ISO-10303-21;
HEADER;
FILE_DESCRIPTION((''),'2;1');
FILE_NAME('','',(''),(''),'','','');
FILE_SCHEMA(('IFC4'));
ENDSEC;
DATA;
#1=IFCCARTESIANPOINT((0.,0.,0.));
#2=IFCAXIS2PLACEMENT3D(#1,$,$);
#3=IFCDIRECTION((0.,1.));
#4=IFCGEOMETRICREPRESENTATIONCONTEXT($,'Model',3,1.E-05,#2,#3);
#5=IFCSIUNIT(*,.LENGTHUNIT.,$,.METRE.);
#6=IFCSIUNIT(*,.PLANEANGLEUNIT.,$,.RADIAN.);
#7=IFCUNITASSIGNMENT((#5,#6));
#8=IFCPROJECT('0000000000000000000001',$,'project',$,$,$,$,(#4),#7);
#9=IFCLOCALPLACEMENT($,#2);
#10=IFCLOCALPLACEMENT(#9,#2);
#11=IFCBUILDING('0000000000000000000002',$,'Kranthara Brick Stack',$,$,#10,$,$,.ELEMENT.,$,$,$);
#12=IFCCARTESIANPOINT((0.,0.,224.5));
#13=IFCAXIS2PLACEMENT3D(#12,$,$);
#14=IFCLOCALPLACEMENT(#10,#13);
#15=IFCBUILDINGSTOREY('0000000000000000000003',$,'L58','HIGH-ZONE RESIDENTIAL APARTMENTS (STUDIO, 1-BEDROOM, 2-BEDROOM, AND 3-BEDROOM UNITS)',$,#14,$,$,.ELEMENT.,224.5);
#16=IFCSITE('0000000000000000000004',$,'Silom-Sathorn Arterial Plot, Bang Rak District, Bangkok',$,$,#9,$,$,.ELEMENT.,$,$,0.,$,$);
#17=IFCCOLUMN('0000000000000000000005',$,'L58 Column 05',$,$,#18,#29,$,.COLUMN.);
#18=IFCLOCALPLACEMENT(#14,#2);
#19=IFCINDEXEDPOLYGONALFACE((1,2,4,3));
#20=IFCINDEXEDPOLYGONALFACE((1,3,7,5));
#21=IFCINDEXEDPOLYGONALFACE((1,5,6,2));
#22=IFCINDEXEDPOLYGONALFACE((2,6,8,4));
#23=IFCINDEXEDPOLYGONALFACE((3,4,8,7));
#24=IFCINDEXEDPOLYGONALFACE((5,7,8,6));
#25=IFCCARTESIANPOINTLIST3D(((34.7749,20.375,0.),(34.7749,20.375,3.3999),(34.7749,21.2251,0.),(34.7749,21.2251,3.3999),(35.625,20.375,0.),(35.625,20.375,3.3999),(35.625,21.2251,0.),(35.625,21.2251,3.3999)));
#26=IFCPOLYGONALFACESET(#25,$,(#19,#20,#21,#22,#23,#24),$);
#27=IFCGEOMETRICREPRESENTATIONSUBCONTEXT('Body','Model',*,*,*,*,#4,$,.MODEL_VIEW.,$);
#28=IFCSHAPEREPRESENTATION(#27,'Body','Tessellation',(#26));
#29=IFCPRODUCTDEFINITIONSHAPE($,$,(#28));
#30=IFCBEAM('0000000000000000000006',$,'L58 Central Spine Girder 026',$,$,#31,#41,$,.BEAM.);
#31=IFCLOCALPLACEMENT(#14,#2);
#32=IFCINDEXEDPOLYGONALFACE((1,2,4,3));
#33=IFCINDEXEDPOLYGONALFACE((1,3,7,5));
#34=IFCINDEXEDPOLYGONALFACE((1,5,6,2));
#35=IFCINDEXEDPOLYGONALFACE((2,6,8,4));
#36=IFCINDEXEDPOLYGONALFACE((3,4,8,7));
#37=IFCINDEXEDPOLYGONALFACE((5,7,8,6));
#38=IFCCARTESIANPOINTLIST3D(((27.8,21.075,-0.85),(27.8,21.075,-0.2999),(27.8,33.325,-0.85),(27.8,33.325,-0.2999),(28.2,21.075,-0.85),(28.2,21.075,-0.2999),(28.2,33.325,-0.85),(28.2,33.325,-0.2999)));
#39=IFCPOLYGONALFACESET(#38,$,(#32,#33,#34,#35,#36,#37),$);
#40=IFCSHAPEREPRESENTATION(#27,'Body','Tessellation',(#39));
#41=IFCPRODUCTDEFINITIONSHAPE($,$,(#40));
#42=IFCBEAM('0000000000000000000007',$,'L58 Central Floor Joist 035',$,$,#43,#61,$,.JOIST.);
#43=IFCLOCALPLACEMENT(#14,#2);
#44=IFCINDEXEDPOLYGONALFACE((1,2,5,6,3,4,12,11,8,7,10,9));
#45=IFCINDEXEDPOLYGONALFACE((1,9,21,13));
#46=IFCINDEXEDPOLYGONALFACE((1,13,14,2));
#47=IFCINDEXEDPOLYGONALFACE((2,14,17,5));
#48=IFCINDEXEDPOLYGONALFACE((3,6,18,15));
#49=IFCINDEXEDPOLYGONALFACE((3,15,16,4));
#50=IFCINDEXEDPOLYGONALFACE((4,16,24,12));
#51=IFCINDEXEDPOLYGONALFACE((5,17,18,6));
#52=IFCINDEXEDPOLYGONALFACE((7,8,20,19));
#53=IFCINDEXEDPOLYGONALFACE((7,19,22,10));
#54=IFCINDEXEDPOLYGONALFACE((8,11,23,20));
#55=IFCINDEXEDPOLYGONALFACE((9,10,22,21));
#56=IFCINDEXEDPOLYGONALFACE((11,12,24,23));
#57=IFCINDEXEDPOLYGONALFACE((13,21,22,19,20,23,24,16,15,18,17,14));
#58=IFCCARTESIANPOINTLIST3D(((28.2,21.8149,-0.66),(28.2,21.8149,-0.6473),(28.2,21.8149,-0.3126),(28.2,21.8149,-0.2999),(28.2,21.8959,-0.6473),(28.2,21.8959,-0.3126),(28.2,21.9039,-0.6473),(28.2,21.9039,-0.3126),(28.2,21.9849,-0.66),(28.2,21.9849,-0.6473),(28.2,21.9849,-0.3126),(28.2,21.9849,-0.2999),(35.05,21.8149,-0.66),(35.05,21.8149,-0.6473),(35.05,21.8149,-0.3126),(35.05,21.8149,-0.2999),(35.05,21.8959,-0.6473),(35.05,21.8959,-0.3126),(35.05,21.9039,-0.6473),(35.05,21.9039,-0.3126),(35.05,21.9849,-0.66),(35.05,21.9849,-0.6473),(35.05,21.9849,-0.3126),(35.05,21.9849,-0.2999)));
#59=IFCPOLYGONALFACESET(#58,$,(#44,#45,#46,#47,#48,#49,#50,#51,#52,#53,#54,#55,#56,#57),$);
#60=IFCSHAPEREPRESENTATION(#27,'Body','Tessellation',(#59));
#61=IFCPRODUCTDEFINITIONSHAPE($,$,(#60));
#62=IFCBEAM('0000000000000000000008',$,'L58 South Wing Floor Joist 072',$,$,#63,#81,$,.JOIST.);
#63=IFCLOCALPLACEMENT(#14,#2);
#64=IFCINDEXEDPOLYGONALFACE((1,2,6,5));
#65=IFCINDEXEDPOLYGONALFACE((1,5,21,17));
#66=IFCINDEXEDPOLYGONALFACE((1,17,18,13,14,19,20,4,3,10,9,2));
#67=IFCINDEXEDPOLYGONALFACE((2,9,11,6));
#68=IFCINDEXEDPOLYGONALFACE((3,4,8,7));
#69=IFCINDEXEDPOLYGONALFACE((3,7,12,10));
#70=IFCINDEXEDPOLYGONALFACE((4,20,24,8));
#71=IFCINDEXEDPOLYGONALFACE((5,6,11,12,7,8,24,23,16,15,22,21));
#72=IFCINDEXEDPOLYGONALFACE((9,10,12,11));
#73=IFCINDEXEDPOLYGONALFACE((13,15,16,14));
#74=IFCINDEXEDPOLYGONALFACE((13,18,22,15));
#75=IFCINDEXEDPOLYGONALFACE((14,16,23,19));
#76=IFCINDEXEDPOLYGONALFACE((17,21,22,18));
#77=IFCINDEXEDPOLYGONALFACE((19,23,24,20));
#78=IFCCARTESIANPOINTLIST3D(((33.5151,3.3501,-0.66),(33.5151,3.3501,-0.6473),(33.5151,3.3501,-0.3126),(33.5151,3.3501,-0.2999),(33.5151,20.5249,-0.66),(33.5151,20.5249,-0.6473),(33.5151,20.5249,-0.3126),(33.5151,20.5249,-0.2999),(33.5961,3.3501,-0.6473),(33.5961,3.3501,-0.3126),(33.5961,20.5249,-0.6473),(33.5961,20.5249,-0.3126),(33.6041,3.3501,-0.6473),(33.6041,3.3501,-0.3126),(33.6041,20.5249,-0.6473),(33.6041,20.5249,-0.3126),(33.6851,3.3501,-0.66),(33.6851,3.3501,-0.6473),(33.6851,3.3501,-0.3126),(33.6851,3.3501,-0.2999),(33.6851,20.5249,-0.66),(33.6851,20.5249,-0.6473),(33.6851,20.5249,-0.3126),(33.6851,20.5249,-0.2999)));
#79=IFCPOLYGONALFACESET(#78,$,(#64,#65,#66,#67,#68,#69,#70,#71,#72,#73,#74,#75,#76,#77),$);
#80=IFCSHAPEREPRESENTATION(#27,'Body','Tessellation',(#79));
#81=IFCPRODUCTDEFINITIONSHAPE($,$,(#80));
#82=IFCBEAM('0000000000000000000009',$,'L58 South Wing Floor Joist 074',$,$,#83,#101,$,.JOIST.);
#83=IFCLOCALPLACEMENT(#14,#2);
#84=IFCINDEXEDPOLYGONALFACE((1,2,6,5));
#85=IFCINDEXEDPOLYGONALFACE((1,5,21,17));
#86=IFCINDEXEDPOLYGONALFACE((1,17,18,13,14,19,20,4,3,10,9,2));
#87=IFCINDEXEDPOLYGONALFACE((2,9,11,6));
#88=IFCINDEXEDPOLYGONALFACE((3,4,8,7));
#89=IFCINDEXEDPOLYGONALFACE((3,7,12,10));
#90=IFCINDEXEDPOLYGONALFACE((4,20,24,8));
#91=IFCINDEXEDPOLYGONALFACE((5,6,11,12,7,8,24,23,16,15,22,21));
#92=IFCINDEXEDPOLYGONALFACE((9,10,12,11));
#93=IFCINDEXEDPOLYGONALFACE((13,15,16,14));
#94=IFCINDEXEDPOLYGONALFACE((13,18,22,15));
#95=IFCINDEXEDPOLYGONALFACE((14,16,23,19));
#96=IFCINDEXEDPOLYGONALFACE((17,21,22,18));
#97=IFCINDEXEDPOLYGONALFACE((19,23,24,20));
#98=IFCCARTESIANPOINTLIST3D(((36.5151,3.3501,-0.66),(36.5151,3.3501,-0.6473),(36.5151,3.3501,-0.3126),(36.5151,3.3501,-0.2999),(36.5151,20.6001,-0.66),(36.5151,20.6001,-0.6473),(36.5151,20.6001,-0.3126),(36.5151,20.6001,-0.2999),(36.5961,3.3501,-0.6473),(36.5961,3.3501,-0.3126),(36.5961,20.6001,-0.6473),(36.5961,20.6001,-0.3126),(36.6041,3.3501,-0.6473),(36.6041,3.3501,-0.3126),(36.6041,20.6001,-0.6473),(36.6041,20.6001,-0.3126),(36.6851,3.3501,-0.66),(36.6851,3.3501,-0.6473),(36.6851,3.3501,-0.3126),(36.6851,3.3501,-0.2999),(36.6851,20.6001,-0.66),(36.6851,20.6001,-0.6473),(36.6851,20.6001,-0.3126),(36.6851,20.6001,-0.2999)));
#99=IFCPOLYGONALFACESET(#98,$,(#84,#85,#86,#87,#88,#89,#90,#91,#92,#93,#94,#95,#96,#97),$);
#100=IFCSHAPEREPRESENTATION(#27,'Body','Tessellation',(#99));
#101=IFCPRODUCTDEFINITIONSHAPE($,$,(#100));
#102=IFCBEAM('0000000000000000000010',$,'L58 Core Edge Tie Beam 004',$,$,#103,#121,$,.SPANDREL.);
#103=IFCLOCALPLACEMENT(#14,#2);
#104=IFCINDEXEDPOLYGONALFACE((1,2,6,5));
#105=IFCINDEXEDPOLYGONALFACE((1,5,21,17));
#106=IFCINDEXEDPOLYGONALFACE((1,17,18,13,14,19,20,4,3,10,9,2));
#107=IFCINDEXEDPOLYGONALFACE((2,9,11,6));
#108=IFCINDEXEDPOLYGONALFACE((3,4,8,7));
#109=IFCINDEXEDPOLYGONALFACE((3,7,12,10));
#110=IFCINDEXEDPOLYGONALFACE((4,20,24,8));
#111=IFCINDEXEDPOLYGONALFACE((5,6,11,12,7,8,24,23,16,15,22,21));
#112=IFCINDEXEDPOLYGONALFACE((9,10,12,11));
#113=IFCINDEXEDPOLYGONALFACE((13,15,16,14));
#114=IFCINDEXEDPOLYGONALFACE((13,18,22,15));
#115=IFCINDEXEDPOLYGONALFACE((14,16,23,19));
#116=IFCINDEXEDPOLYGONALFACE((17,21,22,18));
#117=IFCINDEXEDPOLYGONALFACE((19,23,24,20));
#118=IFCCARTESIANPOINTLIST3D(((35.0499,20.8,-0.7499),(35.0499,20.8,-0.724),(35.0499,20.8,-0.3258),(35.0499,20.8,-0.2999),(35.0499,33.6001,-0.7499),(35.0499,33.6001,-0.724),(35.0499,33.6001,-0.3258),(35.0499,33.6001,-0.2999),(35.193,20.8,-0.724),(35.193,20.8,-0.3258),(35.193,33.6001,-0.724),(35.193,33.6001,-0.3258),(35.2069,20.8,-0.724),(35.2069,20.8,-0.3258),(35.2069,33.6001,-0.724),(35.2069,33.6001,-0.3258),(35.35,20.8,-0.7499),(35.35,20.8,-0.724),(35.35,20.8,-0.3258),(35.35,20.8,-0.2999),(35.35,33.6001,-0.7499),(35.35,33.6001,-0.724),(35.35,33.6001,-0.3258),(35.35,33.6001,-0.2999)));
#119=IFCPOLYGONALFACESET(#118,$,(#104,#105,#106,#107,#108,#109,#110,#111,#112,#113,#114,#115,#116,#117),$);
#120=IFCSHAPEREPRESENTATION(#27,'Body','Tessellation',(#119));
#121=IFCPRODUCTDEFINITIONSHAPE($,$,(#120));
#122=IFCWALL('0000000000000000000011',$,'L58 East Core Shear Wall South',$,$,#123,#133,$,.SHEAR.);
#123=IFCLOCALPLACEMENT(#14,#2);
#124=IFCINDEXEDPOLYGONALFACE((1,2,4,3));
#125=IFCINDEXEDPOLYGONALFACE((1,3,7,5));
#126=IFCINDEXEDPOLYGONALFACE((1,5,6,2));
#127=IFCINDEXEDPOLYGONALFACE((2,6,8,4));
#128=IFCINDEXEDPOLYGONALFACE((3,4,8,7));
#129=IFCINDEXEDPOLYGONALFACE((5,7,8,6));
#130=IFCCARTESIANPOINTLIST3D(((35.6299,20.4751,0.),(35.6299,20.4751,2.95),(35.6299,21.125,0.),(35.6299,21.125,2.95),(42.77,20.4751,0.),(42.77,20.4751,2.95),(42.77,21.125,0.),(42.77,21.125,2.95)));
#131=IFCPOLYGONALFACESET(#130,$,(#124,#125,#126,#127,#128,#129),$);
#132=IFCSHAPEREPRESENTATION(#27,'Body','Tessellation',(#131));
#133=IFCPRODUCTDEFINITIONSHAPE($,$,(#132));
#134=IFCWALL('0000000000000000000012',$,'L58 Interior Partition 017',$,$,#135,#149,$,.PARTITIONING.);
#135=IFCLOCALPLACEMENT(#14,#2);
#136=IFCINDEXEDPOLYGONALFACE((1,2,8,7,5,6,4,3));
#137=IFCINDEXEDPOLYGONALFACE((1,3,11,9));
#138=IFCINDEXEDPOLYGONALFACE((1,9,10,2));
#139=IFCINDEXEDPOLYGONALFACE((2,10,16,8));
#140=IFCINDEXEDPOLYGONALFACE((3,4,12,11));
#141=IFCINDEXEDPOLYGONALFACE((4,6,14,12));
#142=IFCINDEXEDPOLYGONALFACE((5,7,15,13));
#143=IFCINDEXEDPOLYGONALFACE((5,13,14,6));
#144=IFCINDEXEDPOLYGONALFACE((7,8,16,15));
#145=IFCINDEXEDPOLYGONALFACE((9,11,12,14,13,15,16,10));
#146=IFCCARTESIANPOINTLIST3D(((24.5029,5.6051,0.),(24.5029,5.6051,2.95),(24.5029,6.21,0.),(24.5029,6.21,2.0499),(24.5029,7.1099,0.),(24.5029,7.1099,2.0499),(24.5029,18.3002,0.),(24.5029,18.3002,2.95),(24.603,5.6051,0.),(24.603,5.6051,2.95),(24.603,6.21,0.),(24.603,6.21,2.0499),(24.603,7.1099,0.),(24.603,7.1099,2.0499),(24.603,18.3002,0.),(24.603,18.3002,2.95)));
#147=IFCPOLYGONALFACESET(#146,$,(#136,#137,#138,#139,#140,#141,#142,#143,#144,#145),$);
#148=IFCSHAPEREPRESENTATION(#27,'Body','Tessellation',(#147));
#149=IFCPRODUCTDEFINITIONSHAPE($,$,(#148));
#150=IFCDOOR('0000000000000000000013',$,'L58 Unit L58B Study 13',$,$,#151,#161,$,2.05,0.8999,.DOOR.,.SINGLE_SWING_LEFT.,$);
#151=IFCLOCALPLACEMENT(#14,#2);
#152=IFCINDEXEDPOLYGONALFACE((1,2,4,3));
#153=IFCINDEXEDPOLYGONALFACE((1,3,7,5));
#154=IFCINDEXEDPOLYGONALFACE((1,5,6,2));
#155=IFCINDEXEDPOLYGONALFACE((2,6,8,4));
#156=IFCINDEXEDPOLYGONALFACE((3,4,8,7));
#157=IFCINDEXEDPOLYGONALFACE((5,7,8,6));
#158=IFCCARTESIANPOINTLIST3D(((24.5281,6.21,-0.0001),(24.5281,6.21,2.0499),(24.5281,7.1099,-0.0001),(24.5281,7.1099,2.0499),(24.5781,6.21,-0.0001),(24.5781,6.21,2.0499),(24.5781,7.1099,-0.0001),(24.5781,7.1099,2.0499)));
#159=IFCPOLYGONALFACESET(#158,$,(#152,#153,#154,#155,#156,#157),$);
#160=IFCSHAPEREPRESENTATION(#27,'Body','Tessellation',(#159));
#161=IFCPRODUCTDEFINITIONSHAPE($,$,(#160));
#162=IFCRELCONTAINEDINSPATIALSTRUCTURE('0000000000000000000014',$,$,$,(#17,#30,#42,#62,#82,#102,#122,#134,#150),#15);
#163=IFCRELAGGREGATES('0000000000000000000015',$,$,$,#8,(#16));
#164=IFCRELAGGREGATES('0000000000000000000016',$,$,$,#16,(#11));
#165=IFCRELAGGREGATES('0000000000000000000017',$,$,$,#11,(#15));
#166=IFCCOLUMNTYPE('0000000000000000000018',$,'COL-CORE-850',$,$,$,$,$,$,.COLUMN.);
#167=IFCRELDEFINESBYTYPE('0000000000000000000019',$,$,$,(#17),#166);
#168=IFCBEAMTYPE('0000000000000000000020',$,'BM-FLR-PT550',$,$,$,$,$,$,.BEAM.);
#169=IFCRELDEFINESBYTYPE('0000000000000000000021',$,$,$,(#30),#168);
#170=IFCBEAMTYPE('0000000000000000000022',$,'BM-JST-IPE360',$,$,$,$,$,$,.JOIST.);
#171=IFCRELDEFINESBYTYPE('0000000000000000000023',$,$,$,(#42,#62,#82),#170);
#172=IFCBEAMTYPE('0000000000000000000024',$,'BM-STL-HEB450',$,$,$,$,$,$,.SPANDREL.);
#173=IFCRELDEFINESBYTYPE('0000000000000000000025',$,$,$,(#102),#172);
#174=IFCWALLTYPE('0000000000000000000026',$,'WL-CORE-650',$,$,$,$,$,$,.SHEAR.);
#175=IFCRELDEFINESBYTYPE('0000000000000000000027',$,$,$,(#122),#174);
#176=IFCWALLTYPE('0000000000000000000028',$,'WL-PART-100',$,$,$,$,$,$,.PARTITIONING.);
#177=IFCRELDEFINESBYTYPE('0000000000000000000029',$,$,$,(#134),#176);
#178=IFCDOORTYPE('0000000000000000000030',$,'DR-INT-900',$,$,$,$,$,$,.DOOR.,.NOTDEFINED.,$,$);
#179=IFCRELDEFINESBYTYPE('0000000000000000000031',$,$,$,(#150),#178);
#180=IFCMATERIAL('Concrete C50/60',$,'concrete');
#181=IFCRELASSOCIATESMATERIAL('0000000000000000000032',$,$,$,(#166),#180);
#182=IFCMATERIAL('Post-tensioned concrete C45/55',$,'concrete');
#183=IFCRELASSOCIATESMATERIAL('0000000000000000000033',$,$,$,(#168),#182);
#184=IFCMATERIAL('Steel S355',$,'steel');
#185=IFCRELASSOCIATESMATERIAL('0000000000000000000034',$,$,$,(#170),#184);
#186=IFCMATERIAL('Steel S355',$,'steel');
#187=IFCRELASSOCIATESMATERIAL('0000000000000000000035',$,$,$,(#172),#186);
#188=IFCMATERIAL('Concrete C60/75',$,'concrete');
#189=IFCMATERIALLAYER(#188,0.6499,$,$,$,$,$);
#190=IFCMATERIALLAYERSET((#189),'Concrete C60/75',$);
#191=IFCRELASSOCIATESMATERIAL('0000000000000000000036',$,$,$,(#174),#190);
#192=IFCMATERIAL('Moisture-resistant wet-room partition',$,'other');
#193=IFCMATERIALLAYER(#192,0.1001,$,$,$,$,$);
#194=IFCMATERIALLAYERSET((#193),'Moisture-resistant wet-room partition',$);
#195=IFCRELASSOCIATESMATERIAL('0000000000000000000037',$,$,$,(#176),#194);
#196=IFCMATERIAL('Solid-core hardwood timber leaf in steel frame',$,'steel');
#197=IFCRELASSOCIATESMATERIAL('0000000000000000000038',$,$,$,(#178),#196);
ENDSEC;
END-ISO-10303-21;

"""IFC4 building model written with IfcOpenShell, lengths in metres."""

from ifc_helpers import new_model, si_unit, direction, frame, frame_2d, origin, origin_2d, place, context, subcontext, project, spatial, rectangle, i_section, extrude, material, layer, layer_set, material_profile, profile_set, type_object, element, fill, save


model = new_model("IFC4")

# Units and contexts
model_context = context("Model", 3, precision=1e-05, world=origin(), true_north=direction((0.0, 1.0)))
body_context = subcontext(model_context, "Body", "Model", "MODEL_VIEW")
ifc_project = project(units=[si_unit("LENGTHUNIT", "METRE"), si_unit("PLANEANGLEUNIT", "RADIAN")], contexts=[model_context])

# Site, building, storey
site_placement = place(None, origin())
site = spatial("IfcSite", under=ifc_project, at=site_placement, Name="Silom-Sathorn Arterial Plot, Bang Rak District, Bangkok", CompositionType="ELEMENT", RefElevation=0.0)
building_placement = place(site_placement, origin())
building = spatial("IfcBuilding", under=site, at=building_placement, Name="Kranthara Brick Stack", CompositionType="ELEMENT")
storey_placement = place(building_placement, frame((0.0, 0.0, 224.5)))
storey = spatial("IfcBuildingStorey", under=building, at=storey_placement, Name="L58", Description="HIGH-ZONE RESIDENTIAL APARTMENTS (STUDIO, 1-BEDROOM, 2-BEDROOM, AND 3-BEDROOM UNITS)", CompositionType="ELEMENT", Elevation=224.5)

# Column
ifc_material_1 = material(Name="Concrete C50/60", Category="concrete")
ifc_material_profile_1 = material_profile(ifc_material_1, rectangle(XDim=0.8501, YDim=0.8501, at=origin_2d()), Name="RC 850x850")
ifc_profile_set_1 = profile_set([ifc_material_profile_1], Name="Concrete C50/60")
column_type = type_object("IfcColumnType", Name="COL-CORE-850", PredefinedType="COLUMN", material=ifc_profile_set_1)
column_placement = place(storey_placement, frame((35.2, 20.8, 0.0), z_axis=(0.0, 0.0, 1.0), x_axis=(1.0, 0.0, 0.0)))
element("IfcColumn", 1, at=column_placement, inside=storey, type_object=column_type, Name="L58 Column 05", PredefinedType="COLUMN", context=body_context, shape_type="SweptSolid", body=[
    extrude(rectangle(XDim=0.8501, YDim=0.8501, at=origin_2d()), origin(), (0.0, 0.0, 1.0), 3.3999),
])

# Beams
ifc_material_2 = material(Name="Post-tensioned concrete C45/55", Category="concrete")
ifc_material_profile_2 = material_profile(ifc_material_2, rectangle(XDim=0.3999, YDim=0.55, at=origin_2d()), Name="PT 400x550")
ifc_profile_set_2 = profile_set([ifc_material_profile_2], Name="Post-tensioned concrete C45/55")
beam_type_1 = type_object("IfcBeamType", Name="BM-FLR-PT550", PredefinedType="BEAM", material=ifc_profile_set_2)
beam_1_placement = place(storey_placement, frame((28.0, 21.075, -0.575), z_axis=(0.0, 1.0, 0.0), x_axis=(-1.0, 0.0, 0.0)))
element("IfcBeam", 2, at=beam_1_placement, inside=storey, type_object=beam_type_1, Name="L58 Central Spine Girder 026", PredefinedType="BEAM", context=body_context, shape_type="SweptSolid", body=[
    extrude(rectangle(XDim=0.3999, YDim=0.55, at=origin_2d()), origin(), (0.0, 0.0, 1.0), 12.25),
])
ifc_material_3 = material(Name="Steel S355", Category="steel")
ifc_material_profile_3 = material_profile(ifc_material_3, i_section(OverallWidth=0.1699, OverallDepth=0.3601, WebThickness=0.0081, FlangeThickness=0.0127, at=origin_2d()), Name="IPE 360")
ifc_profile_set_3 = profile_set([ifc_material_profile_3], Name="Steel S355")
beam_type_2 = type_object("IfcBeamType", Name="BM-JST-IPE360", PredefinedType="JOIST", material=ifc_profile_set_3)
beam_2_placement = place(storey_placement, frame((28.2, 21.8999, -0.48), z_axis=(1.0, 0.0, 0.0), x_axis=(0.0, 1.0, 0.0)))
element("IfcBeam", 3, at=beam_2_placement, inside=storey, type_object=beam_type_2, Name="L58 Central Floor Joist 035", PredefinedType="JOIST", context=body_context, shape_type="SweptSolid", body=[
    extrude(i_section(OverallWidth=0.1699, OverallDepth=0.3601, WebThickness=0.0081, FlangeThickness=0.0127, at=origin_2d()), origin(), (0.0, 0.0, 1.0), 6.8501),
])
beam_3_placement = place(storey_placement, frame((33.6001, 3.3501, -0.48), z_axis=(0.0, 1.0, 0.0), x_axis=(-1.0, 0.0, 0.0)))
element("IfcBeam", 4, at=beam_3_placement, inside=storey, type_object=beam_type_2, Name="L58 South Wing Floor Joist 072", PredefinedType="JOIST", context=body_context, shape_type="SweptSolid", body=[
    extrude(i_section(OverallWidth=0.1699, OverallDepth=0.3601, WebThickness=0.0081, FlangeThickness=0.0127, at=origin_2d()), origin(), (0.0, 0.0, 1.0), 17.1748),
])
beam_4_placement = place(storey_placement, frame((36.6001, 3.3501, -0.48), z_axis=(0.0, 1.0, 0.0), x_axis=(-1.0, 0.0, 0.0)))
element("IfcBeam", 5, at=beam_4_placement, inside=storey, type_object=beam_type_2, Name="L58 South Wing Floor Joist 074", PredefinedType="JOIST", context=body_context, shape_type="SweptSolid", body=[
    extrude(i_section(OverallWidth=0.1699, OverallDepth=0.3601, WebThickness=0.0081, FlangeThickness=0.0127, at=origin_2d()), origin(), (0.0, 0.0, 1.0), 17.25),
])
ifc_material_4 = material(Name="Steel S355", Category="steel")
ifc_material_profile_4 = material_profile(ifc_material_4, i_section(OverallWidth=0.3, OverallDepth=0.45, WebThickness=0.0139, FlangeThickness=0.0259, at=origin_2d()), Name="HEB 450")
ifc_profile_set_4 = profile_set([ifc_material_profile_4], Name="Steel S355")
beam_type_3 = type_object("IfcBeamType", Name="BM-STL-HEB450", PredefinedType="SPANDREL", material=ifc_profile_set_4)
beam_5_placement = place(storey_placement, frame((35.2, 20.8, -0.5249), z_axis=(0.0, 1.0, 0.0), x_axis=(-1.0, 0.0, 0.0)))
element("IfcBeam", 6, at=beam_5_placement, inside=storey, type_object=beam_type_3, Name="L58 Core Edge Tie Beam 004", PredefinedType="SPANDREL", context=body_context, shape_type="SweptSolid", body=[
    extrude(i_section(OverallWidth=0.3, OverallDepth=0.45, WebThickness=0.0139, FlangeThickness=0.0259, at=origin_2d()), origin(), (0.0, 0.0, 1.0), 12.8),
])

# Wall
ifc_material_5 = material(Name="Concrete C60/75", Category="concrete")
ifc_layer_1 = layer(ifc_material_5, 0.6499)
ifc_layer_set_1 = layer_set([ifc_layer_1], Name="Concrete C60/75")
wall_type_1 = type_object("IfcWallType", Name="WL-CORE-650", PredefinedType="SHEAR", material=ifc_layer_set_1)
wall_1_placement = place(storey_placement, frame((35.6299, 20.8, 0.0), z_axis=(0.0, 0.0, 1.0), x_axis=(1.0, 0.0, 0.0)))
element("IfcWall", 7, at=wall_1_placement, inside=storey, type_object=wall_type_1, Name="L58 East Core Shear Wall South", PredefinedType="SHEAR", context=body_context, shape_type="SweptSolid", body=[
    extrude(rectangle(XDim=7.1401, YDim=0.6499, at=frame_2d((3.5701, 0.0))), origin(), (0.0, 0.0, 1.0), 2.95),
])

# Wall, opening, door
ifc_material_6 = material(Name="Moisture-resistant wet-room partition", Category="other")
ifc_layer_2 = layer(ifc_material_6, 0.1001)
ifc_layer_set_2 = layer_set([ifc_layer_2], Name="Moisture-resistant wet-room partition")
wall_type_2 = type_object("IfcWallType", Name="WL-PART-100", PredefinedType="PARTITIONING", material=ifc_layer_set_2)
wall_2_placement = place(storey_placement, frame((24.553, 5.605, 0.0), z_axis=(0.0, 0.0, 1.0), x_axis=(0.0, 1.0, 0.0)))
wall_2 = element("IfcWall", 8, at=wall_2_placement, inside=storey, type_object=wall_type_2, Name="L58 Interior Partition 017", PredefinedType="PARTITIONING", context=body_context, shape_type="SweptSolid", body=[
    extrude(rectangle(XDim=12.6951, YDim=0.1001, at=frame_2d((6.3477, 0.0))), origin(), (0.0, 0.0, 1.0), 2.95),
])
opening_1_placement = place(wall_2_placement, frame((0.605, 0.0, 0.0)))
opening_1 = element("IfcOpeningElement", 9, at=opening_1_placement, cuts=wall_2, PredefinedType="OPENING", context=body_context, shape_type="SweptSolid", body=[
    extrude(rectangle(XDim=0.8999, YDim=2.05, at=frame_2d((0.45, 1.0249))), frame((0.0, 0.0601, 0.0), z_axis=(0.0, -1.0, 0.0), x_axis=(1.0, 0.0, 0.0)), (0.0, 0.0, 1.0), 0.1201),
])
ifc_material_7 = material(Name="Solid-core hardwood timber leaf in steel frame", Category="steel")
door_type_1 = type_object("IfcDoorType", Name="DR-INT-900", OperationType="NOTDEFINED", PredefinedType="DOOR", material=ifc_material_7)
door_1_placement = place(opening_1_placement, origin())
door_1 = element("IfcDoor", 10, at=door_1_placement, inside=storey, type_object=door_type_1, Name="L58 Unit L58B Study 13", OperationType="SINGLE_SWING_LEFT", OverallHeight=2.05, OverallWidth=0.8999, PredefinedType="DOOR", context=body_context, shape_type="SweptSolid", body=[
    extrude(rectangle(XDim=0.8999, YDim=2.05, at=frame_2d((0.45, 1.0249))), frame((0.0, 0.0249, 0.0), z_axis=(0.0, -1.0, 0.0), x_axis=(1.0, 0.0, 0.0)), (0.0, 0.0, 1.0), 0.05),
])
fill(opening_1, door_1)

save(model, "model.ifc")
